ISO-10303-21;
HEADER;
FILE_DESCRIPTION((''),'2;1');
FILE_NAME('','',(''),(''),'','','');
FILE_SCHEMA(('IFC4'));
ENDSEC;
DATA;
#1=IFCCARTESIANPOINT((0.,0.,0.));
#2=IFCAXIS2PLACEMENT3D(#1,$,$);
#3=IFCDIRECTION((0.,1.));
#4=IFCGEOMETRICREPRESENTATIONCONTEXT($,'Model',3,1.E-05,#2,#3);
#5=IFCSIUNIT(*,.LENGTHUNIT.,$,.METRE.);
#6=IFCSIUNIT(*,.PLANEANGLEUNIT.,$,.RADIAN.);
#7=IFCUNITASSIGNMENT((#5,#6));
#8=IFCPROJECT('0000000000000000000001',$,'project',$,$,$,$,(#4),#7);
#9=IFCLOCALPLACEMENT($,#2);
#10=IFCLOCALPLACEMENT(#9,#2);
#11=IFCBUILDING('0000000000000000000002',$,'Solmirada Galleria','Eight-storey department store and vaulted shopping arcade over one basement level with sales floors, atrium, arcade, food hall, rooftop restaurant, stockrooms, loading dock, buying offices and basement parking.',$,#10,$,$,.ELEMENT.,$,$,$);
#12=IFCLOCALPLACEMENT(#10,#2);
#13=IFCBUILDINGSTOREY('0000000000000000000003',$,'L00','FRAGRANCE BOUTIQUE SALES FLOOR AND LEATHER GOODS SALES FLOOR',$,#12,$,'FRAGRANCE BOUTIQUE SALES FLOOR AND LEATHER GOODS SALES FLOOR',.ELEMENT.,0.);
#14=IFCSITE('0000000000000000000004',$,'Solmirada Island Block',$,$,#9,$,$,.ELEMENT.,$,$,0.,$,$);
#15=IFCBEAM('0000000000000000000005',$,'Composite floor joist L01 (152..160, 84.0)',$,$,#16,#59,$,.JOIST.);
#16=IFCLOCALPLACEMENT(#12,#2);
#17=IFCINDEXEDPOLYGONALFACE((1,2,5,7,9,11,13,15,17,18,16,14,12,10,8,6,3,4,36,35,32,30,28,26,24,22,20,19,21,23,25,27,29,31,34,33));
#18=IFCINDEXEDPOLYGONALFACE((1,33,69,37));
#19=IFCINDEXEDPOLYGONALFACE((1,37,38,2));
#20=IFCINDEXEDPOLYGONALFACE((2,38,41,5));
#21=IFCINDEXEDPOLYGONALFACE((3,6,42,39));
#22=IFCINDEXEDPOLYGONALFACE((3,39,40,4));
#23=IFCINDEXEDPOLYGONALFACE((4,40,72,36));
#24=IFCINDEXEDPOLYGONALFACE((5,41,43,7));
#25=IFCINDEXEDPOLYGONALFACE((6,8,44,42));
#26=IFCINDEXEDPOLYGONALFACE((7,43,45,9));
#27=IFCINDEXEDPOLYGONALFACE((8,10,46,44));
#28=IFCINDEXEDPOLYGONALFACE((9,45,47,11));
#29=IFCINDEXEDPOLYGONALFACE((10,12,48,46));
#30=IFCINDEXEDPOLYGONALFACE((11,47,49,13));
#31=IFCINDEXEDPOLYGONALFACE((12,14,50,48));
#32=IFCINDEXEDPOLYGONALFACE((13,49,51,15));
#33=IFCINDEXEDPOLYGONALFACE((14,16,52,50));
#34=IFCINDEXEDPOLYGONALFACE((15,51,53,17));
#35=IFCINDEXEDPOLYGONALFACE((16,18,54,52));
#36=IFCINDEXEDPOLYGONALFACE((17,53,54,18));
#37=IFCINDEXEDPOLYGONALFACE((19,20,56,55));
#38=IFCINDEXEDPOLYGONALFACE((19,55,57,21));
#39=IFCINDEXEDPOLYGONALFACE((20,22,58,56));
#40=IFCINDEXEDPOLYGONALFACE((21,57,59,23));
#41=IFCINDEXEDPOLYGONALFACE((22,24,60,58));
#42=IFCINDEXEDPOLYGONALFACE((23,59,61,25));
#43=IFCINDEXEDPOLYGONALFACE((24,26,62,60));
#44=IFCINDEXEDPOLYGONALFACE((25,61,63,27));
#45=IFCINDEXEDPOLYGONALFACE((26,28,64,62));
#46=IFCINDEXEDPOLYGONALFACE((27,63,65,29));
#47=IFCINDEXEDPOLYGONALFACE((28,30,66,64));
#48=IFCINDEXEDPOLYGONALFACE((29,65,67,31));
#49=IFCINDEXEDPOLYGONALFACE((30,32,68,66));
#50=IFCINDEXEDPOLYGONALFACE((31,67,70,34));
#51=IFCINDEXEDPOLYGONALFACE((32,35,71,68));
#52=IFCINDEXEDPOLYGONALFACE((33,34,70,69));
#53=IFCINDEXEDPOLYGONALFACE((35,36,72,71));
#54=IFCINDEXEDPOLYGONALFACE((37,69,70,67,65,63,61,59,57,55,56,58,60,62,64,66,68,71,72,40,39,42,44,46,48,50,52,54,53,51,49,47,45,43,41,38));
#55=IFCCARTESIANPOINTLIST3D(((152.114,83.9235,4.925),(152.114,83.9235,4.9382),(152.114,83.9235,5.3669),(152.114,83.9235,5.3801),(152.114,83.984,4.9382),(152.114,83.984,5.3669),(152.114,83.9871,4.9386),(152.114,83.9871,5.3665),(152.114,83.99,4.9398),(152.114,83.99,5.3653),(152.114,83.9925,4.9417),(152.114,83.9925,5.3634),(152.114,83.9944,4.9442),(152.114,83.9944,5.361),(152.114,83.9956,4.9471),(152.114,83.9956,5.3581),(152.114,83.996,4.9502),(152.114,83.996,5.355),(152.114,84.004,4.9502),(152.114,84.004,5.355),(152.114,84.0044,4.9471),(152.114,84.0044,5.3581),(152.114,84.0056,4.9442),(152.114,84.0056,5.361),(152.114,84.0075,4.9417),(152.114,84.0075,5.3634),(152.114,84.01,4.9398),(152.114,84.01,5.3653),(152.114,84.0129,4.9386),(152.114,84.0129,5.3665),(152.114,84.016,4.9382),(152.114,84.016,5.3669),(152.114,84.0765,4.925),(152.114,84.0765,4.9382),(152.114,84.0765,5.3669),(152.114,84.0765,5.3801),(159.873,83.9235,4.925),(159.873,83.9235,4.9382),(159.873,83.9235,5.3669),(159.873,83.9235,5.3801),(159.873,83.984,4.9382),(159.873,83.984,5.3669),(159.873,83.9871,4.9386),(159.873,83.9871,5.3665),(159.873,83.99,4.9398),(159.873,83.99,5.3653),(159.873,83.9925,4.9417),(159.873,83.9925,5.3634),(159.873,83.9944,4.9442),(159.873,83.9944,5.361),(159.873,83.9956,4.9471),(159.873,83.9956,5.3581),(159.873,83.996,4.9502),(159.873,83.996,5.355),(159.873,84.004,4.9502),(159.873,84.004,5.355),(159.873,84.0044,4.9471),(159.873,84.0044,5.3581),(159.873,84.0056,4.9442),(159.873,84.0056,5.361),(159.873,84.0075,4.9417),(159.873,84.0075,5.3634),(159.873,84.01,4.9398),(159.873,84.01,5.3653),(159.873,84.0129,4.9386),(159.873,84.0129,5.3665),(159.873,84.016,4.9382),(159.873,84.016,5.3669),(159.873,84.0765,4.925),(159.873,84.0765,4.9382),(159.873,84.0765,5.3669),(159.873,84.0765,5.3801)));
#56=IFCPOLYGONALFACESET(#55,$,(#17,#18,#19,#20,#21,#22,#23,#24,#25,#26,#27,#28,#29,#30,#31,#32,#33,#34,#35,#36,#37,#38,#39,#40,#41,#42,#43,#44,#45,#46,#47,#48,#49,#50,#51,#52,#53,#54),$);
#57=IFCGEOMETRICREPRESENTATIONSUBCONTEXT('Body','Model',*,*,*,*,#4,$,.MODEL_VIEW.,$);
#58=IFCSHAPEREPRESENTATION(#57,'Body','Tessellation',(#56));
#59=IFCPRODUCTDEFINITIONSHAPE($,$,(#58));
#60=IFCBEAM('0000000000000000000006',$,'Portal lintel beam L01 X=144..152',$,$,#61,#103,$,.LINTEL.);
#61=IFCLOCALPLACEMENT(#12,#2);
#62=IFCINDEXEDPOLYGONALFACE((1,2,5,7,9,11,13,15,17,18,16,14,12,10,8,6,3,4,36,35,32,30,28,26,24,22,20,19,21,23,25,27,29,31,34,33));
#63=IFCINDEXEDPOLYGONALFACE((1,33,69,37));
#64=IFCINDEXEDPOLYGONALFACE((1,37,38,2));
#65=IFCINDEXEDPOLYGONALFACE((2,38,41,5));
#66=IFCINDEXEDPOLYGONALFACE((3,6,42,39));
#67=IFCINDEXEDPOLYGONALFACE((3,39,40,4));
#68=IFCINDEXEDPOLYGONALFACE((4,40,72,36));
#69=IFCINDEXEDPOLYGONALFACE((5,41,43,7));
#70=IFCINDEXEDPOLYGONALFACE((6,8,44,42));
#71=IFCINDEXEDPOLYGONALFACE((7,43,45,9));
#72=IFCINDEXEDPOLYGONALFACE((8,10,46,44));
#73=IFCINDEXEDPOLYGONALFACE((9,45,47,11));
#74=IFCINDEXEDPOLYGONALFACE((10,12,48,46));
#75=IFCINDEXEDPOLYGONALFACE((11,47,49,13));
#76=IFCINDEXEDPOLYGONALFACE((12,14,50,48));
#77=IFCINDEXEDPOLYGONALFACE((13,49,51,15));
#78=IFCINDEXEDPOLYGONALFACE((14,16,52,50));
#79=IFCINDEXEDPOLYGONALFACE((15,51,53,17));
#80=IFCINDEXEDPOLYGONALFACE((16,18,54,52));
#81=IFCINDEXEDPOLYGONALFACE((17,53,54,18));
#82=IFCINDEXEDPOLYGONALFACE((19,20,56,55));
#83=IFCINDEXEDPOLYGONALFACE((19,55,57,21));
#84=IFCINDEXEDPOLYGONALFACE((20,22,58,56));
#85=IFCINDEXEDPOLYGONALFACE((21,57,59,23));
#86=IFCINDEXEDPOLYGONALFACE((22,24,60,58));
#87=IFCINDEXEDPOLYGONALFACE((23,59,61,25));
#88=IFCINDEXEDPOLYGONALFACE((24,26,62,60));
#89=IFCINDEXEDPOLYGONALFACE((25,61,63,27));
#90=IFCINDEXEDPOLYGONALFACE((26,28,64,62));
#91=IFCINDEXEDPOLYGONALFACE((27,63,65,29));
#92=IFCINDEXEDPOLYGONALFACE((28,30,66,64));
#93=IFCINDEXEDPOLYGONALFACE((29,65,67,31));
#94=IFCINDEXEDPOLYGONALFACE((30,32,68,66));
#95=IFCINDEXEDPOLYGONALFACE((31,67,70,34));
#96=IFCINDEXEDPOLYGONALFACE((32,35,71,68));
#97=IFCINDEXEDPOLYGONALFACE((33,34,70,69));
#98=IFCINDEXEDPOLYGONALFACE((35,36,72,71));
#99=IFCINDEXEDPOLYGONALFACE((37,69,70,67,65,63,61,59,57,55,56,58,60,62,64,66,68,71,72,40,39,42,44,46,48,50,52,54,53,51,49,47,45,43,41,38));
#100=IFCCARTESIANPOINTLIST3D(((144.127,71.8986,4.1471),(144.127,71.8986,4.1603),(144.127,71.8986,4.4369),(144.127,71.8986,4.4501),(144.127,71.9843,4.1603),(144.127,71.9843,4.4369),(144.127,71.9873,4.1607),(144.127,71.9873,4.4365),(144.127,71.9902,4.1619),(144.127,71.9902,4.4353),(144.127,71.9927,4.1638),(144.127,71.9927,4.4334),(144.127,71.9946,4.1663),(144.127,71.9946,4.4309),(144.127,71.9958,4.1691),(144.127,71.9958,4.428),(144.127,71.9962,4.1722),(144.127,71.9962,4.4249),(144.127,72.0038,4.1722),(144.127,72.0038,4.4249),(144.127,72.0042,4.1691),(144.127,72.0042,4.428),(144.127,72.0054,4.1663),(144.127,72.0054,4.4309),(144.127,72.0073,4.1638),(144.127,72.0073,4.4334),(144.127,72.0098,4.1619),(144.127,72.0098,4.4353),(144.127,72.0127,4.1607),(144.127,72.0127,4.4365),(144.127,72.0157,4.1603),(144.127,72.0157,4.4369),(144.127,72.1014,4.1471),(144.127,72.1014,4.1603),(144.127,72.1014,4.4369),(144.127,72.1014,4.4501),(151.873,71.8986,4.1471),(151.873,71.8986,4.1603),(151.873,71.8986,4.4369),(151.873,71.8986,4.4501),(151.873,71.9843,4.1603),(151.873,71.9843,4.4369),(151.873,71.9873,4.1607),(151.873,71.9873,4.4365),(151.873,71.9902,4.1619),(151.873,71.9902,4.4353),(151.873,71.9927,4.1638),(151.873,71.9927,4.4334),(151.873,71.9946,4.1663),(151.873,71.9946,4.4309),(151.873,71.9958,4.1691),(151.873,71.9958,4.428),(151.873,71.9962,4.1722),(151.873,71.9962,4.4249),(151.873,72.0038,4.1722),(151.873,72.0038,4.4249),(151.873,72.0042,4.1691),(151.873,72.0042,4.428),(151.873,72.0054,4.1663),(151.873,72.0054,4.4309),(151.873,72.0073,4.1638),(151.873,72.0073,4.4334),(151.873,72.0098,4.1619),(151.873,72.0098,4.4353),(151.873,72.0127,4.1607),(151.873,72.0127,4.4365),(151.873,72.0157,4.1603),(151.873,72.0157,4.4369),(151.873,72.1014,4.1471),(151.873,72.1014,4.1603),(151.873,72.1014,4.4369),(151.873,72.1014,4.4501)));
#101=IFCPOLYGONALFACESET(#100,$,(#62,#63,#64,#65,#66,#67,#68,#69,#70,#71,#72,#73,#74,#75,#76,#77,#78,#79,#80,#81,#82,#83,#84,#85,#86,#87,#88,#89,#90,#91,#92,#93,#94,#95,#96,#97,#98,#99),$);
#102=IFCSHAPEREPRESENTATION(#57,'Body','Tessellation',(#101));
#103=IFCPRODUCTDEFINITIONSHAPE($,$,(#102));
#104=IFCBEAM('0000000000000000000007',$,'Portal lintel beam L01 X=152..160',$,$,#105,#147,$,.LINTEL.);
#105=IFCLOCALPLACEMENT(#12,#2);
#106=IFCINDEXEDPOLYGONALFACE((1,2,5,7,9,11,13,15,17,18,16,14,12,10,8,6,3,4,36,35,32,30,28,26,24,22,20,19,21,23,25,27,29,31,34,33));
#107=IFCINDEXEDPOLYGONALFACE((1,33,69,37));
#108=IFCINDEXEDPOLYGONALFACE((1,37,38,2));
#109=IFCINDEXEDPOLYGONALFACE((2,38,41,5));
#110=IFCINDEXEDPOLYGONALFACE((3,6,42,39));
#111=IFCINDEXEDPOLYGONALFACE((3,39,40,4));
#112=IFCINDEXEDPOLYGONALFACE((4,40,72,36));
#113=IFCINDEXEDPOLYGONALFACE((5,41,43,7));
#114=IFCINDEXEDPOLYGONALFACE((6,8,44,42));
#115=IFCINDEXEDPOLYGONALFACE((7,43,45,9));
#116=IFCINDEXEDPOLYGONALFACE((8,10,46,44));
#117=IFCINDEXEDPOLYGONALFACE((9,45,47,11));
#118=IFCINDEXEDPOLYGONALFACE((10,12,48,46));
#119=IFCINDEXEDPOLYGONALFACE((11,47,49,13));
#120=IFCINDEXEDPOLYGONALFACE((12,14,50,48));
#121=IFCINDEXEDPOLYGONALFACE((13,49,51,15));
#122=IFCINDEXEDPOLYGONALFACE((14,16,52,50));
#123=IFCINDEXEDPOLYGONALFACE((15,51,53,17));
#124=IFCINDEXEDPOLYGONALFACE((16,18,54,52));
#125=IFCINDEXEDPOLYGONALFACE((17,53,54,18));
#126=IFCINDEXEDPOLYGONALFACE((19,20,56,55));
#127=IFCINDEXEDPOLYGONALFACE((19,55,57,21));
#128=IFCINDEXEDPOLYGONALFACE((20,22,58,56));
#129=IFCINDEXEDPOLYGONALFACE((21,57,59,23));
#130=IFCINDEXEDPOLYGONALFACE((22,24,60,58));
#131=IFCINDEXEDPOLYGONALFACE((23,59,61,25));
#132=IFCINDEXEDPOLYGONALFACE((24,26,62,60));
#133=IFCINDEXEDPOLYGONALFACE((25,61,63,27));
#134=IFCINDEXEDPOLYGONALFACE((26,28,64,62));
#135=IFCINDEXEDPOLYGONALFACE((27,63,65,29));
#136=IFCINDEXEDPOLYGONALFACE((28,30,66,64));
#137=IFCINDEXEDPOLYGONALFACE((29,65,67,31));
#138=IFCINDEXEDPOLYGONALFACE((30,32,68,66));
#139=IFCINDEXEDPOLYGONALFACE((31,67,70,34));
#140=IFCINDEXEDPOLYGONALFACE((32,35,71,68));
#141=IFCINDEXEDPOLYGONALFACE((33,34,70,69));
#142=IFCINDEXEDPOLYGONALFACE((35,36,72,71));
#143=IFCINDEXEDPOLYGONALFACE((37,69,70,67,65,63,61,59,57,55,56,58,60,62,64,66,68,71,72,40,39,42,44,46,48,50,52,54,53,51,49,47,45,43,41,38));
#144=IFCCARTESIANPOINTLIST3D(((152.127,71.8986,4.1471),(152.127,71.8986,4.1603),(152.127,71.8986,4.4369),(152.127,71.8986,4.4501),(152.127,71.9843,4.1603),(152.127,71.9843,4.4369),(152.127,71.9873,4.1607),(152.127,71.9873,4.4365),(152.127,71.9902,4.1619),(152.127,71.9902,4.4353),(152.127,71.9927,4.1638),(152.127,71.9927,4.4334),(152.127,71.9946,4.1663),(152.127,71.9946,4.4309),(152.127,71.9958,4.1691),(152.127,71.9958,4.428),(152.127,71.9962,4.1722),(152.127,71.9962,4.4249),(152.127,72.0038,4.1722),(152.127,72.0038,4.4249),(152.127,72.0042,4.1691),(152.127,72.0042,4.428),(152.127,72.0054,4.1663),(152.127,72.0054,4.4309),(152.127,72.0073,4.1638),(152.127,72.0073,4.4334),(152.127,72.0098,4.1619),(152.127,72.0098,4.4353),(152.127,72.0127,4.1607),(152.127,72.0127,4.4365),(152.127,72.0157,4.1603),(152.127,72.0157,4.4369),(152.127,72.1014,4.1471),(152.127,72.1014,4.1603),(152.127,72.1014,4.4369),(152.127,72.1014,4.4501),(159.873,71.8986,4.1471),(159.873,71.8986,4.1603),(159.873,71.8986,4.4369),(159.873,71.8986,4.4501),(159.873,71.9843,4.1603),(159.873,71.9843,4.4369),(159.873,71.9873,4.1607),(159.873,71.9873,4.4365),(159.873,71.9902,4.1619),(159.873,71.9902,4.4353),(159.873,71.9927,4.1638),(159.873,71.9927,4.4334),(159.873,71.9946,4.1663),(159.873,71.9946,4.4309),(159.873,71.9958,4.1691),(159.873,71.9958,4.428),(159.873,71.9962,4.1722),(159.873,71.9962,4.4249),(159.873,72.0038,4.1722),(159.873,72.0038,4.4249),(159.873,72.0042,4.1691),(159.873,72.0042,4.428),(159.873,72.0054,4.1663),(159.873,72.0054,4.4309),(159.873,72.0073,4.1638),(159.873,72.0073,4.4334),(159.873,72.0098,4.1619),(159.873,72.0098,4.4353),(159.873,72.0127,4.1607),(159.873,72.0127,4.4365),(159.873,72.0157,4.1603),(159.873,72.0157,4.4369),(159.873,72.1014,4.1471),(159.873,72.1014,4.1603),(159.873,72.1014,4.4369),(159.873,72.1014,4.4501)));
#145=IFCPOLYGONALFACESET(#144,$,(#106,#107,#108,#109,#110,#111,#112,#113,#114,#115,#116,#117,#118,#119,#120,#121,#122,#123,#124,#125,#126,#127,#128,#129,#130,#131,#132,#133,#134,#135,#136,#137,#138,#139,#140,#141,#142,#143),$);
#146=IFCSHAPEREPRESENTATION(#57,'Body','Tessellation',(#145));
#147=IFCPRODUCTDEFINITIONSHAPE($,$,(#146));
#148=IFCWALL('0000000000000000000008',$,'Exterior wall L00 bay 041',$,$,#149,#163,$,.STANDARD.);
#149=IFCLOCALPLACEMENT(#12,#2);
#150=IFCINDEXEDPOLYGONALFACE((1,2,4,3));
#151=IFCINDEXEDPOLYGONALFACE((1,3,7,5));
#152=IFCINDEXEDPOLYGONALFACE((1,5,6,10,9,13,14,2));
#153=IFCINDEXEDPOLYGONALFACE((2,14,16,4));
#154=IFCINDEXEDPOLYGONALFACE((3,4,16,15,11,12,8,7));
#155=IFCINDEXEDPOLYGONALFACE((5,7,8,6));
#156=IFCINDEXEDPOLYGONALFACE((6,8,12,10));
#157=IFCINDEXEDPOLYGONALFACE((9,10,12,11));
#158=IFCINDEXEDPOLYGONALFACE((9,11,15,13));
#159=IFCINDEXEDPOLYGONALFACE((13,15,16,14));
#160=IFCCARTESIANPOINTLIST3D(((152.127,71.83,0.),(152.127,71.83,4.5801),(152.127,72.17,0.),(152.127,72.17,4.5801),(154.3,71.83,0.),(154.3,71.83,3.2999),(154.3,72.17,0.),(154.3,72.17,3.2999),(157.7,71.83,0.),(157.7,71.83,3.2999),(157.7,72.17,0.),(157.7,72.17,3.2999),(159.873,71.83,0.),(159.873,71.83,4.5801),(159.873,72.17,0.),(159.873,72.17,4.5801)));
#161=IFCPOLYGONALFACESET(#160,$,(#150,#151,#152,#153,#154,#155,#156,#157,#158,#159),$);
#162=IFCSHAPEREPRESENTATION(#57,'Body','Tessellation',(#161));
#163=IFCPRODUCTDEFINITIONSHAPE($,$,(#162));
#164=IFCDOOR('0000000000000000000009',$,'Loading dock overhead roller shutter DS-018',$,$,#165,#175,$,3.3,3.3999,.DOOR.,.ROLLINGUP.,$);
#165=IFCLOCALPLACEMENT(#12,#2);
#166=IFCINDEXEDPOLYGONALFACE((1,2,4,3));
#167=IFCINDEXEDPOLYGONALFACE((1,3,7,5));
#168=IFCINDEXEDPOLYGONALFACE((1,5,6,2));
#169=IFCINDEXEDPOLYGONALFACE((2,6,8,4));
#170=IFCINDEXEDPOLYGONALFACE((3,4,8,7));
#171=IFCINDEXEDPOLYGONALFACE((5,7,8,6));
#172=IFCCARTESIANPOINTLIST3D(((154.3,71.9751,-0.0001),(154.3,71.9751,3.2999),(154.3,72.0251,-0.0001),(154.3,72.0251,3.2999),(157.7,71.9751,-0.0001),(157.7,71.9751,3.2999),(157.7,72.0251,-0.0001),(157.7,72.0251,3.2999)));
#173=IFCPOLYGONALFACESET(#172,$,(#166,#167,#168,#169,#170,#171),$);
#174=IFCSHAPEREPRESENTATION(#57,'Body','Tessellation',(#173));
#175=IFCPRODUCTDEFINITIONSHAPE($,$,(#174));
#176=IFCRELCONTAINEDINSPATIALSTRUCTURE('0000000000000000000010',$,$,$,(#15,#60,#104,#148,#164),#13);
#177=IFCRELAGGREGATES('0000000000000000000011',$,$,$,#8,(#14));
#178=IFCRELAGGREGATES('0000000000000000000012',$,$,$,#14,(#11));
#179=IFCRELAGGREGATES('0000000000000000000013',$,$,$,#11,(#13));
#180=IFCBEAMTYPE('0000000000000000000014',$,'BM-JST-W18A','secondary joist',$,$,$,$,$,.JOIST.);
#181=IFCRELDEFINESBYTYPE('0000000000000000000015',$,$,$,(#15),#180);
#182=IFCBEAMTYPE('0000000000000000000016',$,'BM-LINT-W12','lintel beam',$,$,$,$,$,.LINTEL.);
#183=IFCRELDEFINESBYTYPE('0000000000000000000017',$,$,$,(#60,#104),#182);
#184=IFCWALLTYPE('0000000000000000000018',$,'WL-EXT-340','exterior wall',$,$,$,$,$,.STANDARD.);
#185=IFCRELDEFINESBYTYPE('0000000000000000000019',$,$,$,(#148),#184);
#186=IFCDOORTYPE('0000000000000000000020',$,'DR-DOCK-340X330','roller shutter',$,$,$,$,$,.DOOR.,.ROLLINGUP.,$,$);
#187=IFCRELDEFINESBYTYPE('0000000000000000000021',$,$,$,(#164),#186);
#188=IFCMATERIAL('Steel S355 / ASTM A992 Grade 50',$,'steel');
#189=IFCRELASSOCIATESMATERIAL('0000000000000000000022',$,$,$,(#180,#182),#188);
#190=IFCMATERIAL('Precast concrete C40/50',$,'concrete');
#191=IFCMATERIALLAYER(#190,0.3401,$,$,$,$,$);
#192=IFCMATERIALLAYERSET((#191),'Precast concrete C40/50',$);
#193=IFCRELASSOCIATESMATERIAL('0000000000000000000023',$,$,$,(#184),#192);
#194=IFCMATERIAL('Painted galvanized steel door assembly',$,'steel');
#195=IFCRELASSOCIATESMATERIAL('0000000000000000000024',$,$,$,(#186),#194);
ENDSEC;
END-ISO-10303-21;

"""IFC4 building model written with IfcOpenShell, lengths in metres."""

from ifc_helpers import new_model, si_unit, direction, frame, frame_2d, origin, origin_2d, place, context, subcontext, project, spatial, rectangle, i_section, extrude, material, layer, layer_set, material_profile, profile_set, type_object, element, fill, save


model = new_model("IFC4")

# Units and contexts
model_context = context("Model", 3, precision=1e-05, world=origin(), true_north=direction((0.0, 1.0)))
body_context = subcontext(model_context, "Body", "Model", "MODEL_VIEW")
ifc_project = project(units=[si_unit("LENGTHUNIT", "METRE"), si_unit("PLANEANGLEUNIT", "RADIAN")], contexts=[model_context])

# Site, building, storey
site_placement = place(None, origin())
site = spatial("IfcSite", under=ifc_project, at=site_placement, Name="Solmirada Island Block", CompositionType="ELEMENT", RefElevation=0.0)
building_placement = place(site_placement, origin())
building = spatial("IfcBuilding", under=site, at=building_placement, Name="Solmirada Galleria", Description="Eight-storey department store and vaulted shopping arcade over one basement level with sales floors, atrium, arcade, food hall, rooftop restaurant, stockrooms, loading dock, buying offices and basement parking.", CompositionType="ELEMENT")
storey_placement = place(building_placement, origin())
storey = spatial("IfcBuildingStorey", under=building, at=storey_placement, Name="L00", Description="FRAGRANCE BOUTIQUE SALES FLOOR AND LEATHER GOODS SALES FLOOR", LongName="FRAGRANCE BOUTIQUE SALES FLOOR AND LEATHER GOODS SALES FLOOR", CompositionType="ELEMENT", Elevation=0.0)

# Beams
ifc_material_1 = material(Name="Steel S355 / ASTM A992 Grade 50", Category="steel")
ifc_material_profile_1 = material_profile(ifc_material_1, i_section(OverallWidth=0.1531, OverallDepth=0.4551, WebThickness=0.0081, FlangeThickness=0.0132, FilletRadius=0.012, at=origin_2d()), Name="W18X40")
ifc_profile_set_1 = profile_set([ifc_material_profile_1], Name="Steel S355 / ASTM A992 Grade 50")
beam_type_1 = type_object("IfcBeamType", Name="BM-JST-W18A", Description="secondary joist", PredefinedType="JOIST", material=ifc_profile_set_1)
beam_1_placement = place(storey_placement, frame((152.114, 84.0, 5.1526), z_axis=(1.0, 0.0, 0.0), x_axis=(0.0, 1.0, 0.0)))
element("IfcBeam", 1, at=beam_1_placement, inside=storey, type_object=beam_type_1, Name="Composite floor joist L01 (152..160, 84.0)", PredefinedType="JOIST", context=body_context, shape_type="SweptSolid", body=[
    extrude(i_section(OverallWidth=0.1531, OverallDepth=0.4551, WebThickness=0.0081, FlangeThickness=0.0132, FilletRadius=0.012, at=origin_2d()), origin(), (0.0, 0.0, 1.0), 7.759),
])
ifc_material_profile_2 = material_profile(ifc_material_1, i_section(OverallWidth=0.2029, OverallDepth=0.303, WebThickness=0.0076, FlangeThickness=0.0132, FilletRadius=0.012, at=origin_2d()), Name="W12X40")
ifc_profile_set_2 = profile_set([ifc_material_profile_2], Name="Steel S355 / ASTM A992 Grade 50")
beam_type_2 = type_object("IfcBeamType", Name="BM-LINT-W12", Description="lintel beam", PredefinedType="LINTEL", material=ifc_profile_set_2)
for number, where, z_axis, x_axis, name in (
    (2, (144.127, 72.0, 4.2986), (1.0, 0.0, 0.0), (0.0, 1.0, 0.0), "Portal lintel beam L01 X=144..152"),
    (3, (152.127, 72.0, 4.2986), (1.0, 0.0, 0.0), (0.0, 1.0, 0.0), "Portal lintel beam L01 X=152..160"),
):
    element("IfcBeam", number, at=place(storey_placement, frame(where, z_axis=z_axis, x_axis=x_axis)), inside=storey, type_object=beam_type_2, Name=name, PredefinedType="LINTEL", context=body_context, shape_type="SweptSolid", body=[
        extrude(i_section(OverallWidth=0.2029, OverallDepth=0.303, WebThickness=0.0076, FlangeThickness=0.0132, FilletRadius=0.012, at=origin_2d()), origin(), (0.0, 0.0, 1.0), 7.7461),
    ])

# Wall, opening, door
ifc_material_2 = material(Name="Precast concrete C40/50", Category="concrete")
ifc_layer = layer(ifc_material_2, 0.3401)
ifc_layer_set = layer_set([ifc_layer], Name="Precast concrete C40/50")
wall_type = type_object("IfcWallType", Name="WL-EXT-340", Description="exterior wall", PredefinedType="STANDARD", material=ifc_layer_set)
wall_1_placement = place(storey_placement, frame((159.873, 72.0, 0.0), z_axis=(0.0, 0.0, 1.0), x_axis=(-1.0, 0.0, 0.0)))
wall_1 = element("IfcWall", 4, at=wall_1_placement, inside=storey, type_object=wall_type, Name="Exterior wall L00 bay 041", PredefinedType="STANDARD", context=body_context, shape_type="SweptSolid", body=[
    extrude(rectangle(XDim=7.7461, YDim=0.3401, at=frame_2d((3.873, 0.0))), origin(), (0.0, 0.0, 1.0), 4.5801),
])
opening_1_placement = place(wall_1_placement, frame((2.1731, 0.0, 0.0)))
opening_1 = element("IfcOpeningElement", 5, at=opening_1_placement, cuts=wall_1, PredefinedType="OPENING", context=body_context, shape_type="SweptSolid", body=[
    extrude(rectangle(XDim=3.3999, YDim=3.3, at=frame_2d((1.7, 1.6499))), frame((0.0, 0.1799, 0.0), z_axis=(0.0, -1.0, 0.0), x_axis=(1.0, 0.0, 0.0)), (0.0, 0.0, 1.0), 0.3601),
])
ifc_material_3 = material(Name="Painted galvanized steel door assembly", Category="steel")
door_type = type_object("IfcDoorType", Name="DR-DOCK-340X330", Description="roller shutter", OperationType="ROLLINGUP", PredefinedType="DOOR", material=ifc_material_3)
door_1_placement = place(opening_1_placement, origin())
door_1 = element("IfcDoor", 6, at=door_1_placement, inside=storey, type_object=door_type, Name="Loading dock overhead roller shutter DS-018", OperationType="ROLLINGUP", OverallHeight=3.3, OverallWidth=3.3999, PredefinedType="DOOR", context=body_context, shape_type="SweptSolid", body=[
    extrude(rectangle(XDim=3.3999, YDim=3.3, at=frame_2d((1.7, 1.6499))), frame((0.0, 0.0249, 0.0), z_axis=(0.0, -1.0, 0.0), x_axis=(1.0, 0.0, 0.0)), (0.0, 0.0, 1.0), 0.05),
])
fill(opening_1, door_1)

save(model, "model.ifc")
